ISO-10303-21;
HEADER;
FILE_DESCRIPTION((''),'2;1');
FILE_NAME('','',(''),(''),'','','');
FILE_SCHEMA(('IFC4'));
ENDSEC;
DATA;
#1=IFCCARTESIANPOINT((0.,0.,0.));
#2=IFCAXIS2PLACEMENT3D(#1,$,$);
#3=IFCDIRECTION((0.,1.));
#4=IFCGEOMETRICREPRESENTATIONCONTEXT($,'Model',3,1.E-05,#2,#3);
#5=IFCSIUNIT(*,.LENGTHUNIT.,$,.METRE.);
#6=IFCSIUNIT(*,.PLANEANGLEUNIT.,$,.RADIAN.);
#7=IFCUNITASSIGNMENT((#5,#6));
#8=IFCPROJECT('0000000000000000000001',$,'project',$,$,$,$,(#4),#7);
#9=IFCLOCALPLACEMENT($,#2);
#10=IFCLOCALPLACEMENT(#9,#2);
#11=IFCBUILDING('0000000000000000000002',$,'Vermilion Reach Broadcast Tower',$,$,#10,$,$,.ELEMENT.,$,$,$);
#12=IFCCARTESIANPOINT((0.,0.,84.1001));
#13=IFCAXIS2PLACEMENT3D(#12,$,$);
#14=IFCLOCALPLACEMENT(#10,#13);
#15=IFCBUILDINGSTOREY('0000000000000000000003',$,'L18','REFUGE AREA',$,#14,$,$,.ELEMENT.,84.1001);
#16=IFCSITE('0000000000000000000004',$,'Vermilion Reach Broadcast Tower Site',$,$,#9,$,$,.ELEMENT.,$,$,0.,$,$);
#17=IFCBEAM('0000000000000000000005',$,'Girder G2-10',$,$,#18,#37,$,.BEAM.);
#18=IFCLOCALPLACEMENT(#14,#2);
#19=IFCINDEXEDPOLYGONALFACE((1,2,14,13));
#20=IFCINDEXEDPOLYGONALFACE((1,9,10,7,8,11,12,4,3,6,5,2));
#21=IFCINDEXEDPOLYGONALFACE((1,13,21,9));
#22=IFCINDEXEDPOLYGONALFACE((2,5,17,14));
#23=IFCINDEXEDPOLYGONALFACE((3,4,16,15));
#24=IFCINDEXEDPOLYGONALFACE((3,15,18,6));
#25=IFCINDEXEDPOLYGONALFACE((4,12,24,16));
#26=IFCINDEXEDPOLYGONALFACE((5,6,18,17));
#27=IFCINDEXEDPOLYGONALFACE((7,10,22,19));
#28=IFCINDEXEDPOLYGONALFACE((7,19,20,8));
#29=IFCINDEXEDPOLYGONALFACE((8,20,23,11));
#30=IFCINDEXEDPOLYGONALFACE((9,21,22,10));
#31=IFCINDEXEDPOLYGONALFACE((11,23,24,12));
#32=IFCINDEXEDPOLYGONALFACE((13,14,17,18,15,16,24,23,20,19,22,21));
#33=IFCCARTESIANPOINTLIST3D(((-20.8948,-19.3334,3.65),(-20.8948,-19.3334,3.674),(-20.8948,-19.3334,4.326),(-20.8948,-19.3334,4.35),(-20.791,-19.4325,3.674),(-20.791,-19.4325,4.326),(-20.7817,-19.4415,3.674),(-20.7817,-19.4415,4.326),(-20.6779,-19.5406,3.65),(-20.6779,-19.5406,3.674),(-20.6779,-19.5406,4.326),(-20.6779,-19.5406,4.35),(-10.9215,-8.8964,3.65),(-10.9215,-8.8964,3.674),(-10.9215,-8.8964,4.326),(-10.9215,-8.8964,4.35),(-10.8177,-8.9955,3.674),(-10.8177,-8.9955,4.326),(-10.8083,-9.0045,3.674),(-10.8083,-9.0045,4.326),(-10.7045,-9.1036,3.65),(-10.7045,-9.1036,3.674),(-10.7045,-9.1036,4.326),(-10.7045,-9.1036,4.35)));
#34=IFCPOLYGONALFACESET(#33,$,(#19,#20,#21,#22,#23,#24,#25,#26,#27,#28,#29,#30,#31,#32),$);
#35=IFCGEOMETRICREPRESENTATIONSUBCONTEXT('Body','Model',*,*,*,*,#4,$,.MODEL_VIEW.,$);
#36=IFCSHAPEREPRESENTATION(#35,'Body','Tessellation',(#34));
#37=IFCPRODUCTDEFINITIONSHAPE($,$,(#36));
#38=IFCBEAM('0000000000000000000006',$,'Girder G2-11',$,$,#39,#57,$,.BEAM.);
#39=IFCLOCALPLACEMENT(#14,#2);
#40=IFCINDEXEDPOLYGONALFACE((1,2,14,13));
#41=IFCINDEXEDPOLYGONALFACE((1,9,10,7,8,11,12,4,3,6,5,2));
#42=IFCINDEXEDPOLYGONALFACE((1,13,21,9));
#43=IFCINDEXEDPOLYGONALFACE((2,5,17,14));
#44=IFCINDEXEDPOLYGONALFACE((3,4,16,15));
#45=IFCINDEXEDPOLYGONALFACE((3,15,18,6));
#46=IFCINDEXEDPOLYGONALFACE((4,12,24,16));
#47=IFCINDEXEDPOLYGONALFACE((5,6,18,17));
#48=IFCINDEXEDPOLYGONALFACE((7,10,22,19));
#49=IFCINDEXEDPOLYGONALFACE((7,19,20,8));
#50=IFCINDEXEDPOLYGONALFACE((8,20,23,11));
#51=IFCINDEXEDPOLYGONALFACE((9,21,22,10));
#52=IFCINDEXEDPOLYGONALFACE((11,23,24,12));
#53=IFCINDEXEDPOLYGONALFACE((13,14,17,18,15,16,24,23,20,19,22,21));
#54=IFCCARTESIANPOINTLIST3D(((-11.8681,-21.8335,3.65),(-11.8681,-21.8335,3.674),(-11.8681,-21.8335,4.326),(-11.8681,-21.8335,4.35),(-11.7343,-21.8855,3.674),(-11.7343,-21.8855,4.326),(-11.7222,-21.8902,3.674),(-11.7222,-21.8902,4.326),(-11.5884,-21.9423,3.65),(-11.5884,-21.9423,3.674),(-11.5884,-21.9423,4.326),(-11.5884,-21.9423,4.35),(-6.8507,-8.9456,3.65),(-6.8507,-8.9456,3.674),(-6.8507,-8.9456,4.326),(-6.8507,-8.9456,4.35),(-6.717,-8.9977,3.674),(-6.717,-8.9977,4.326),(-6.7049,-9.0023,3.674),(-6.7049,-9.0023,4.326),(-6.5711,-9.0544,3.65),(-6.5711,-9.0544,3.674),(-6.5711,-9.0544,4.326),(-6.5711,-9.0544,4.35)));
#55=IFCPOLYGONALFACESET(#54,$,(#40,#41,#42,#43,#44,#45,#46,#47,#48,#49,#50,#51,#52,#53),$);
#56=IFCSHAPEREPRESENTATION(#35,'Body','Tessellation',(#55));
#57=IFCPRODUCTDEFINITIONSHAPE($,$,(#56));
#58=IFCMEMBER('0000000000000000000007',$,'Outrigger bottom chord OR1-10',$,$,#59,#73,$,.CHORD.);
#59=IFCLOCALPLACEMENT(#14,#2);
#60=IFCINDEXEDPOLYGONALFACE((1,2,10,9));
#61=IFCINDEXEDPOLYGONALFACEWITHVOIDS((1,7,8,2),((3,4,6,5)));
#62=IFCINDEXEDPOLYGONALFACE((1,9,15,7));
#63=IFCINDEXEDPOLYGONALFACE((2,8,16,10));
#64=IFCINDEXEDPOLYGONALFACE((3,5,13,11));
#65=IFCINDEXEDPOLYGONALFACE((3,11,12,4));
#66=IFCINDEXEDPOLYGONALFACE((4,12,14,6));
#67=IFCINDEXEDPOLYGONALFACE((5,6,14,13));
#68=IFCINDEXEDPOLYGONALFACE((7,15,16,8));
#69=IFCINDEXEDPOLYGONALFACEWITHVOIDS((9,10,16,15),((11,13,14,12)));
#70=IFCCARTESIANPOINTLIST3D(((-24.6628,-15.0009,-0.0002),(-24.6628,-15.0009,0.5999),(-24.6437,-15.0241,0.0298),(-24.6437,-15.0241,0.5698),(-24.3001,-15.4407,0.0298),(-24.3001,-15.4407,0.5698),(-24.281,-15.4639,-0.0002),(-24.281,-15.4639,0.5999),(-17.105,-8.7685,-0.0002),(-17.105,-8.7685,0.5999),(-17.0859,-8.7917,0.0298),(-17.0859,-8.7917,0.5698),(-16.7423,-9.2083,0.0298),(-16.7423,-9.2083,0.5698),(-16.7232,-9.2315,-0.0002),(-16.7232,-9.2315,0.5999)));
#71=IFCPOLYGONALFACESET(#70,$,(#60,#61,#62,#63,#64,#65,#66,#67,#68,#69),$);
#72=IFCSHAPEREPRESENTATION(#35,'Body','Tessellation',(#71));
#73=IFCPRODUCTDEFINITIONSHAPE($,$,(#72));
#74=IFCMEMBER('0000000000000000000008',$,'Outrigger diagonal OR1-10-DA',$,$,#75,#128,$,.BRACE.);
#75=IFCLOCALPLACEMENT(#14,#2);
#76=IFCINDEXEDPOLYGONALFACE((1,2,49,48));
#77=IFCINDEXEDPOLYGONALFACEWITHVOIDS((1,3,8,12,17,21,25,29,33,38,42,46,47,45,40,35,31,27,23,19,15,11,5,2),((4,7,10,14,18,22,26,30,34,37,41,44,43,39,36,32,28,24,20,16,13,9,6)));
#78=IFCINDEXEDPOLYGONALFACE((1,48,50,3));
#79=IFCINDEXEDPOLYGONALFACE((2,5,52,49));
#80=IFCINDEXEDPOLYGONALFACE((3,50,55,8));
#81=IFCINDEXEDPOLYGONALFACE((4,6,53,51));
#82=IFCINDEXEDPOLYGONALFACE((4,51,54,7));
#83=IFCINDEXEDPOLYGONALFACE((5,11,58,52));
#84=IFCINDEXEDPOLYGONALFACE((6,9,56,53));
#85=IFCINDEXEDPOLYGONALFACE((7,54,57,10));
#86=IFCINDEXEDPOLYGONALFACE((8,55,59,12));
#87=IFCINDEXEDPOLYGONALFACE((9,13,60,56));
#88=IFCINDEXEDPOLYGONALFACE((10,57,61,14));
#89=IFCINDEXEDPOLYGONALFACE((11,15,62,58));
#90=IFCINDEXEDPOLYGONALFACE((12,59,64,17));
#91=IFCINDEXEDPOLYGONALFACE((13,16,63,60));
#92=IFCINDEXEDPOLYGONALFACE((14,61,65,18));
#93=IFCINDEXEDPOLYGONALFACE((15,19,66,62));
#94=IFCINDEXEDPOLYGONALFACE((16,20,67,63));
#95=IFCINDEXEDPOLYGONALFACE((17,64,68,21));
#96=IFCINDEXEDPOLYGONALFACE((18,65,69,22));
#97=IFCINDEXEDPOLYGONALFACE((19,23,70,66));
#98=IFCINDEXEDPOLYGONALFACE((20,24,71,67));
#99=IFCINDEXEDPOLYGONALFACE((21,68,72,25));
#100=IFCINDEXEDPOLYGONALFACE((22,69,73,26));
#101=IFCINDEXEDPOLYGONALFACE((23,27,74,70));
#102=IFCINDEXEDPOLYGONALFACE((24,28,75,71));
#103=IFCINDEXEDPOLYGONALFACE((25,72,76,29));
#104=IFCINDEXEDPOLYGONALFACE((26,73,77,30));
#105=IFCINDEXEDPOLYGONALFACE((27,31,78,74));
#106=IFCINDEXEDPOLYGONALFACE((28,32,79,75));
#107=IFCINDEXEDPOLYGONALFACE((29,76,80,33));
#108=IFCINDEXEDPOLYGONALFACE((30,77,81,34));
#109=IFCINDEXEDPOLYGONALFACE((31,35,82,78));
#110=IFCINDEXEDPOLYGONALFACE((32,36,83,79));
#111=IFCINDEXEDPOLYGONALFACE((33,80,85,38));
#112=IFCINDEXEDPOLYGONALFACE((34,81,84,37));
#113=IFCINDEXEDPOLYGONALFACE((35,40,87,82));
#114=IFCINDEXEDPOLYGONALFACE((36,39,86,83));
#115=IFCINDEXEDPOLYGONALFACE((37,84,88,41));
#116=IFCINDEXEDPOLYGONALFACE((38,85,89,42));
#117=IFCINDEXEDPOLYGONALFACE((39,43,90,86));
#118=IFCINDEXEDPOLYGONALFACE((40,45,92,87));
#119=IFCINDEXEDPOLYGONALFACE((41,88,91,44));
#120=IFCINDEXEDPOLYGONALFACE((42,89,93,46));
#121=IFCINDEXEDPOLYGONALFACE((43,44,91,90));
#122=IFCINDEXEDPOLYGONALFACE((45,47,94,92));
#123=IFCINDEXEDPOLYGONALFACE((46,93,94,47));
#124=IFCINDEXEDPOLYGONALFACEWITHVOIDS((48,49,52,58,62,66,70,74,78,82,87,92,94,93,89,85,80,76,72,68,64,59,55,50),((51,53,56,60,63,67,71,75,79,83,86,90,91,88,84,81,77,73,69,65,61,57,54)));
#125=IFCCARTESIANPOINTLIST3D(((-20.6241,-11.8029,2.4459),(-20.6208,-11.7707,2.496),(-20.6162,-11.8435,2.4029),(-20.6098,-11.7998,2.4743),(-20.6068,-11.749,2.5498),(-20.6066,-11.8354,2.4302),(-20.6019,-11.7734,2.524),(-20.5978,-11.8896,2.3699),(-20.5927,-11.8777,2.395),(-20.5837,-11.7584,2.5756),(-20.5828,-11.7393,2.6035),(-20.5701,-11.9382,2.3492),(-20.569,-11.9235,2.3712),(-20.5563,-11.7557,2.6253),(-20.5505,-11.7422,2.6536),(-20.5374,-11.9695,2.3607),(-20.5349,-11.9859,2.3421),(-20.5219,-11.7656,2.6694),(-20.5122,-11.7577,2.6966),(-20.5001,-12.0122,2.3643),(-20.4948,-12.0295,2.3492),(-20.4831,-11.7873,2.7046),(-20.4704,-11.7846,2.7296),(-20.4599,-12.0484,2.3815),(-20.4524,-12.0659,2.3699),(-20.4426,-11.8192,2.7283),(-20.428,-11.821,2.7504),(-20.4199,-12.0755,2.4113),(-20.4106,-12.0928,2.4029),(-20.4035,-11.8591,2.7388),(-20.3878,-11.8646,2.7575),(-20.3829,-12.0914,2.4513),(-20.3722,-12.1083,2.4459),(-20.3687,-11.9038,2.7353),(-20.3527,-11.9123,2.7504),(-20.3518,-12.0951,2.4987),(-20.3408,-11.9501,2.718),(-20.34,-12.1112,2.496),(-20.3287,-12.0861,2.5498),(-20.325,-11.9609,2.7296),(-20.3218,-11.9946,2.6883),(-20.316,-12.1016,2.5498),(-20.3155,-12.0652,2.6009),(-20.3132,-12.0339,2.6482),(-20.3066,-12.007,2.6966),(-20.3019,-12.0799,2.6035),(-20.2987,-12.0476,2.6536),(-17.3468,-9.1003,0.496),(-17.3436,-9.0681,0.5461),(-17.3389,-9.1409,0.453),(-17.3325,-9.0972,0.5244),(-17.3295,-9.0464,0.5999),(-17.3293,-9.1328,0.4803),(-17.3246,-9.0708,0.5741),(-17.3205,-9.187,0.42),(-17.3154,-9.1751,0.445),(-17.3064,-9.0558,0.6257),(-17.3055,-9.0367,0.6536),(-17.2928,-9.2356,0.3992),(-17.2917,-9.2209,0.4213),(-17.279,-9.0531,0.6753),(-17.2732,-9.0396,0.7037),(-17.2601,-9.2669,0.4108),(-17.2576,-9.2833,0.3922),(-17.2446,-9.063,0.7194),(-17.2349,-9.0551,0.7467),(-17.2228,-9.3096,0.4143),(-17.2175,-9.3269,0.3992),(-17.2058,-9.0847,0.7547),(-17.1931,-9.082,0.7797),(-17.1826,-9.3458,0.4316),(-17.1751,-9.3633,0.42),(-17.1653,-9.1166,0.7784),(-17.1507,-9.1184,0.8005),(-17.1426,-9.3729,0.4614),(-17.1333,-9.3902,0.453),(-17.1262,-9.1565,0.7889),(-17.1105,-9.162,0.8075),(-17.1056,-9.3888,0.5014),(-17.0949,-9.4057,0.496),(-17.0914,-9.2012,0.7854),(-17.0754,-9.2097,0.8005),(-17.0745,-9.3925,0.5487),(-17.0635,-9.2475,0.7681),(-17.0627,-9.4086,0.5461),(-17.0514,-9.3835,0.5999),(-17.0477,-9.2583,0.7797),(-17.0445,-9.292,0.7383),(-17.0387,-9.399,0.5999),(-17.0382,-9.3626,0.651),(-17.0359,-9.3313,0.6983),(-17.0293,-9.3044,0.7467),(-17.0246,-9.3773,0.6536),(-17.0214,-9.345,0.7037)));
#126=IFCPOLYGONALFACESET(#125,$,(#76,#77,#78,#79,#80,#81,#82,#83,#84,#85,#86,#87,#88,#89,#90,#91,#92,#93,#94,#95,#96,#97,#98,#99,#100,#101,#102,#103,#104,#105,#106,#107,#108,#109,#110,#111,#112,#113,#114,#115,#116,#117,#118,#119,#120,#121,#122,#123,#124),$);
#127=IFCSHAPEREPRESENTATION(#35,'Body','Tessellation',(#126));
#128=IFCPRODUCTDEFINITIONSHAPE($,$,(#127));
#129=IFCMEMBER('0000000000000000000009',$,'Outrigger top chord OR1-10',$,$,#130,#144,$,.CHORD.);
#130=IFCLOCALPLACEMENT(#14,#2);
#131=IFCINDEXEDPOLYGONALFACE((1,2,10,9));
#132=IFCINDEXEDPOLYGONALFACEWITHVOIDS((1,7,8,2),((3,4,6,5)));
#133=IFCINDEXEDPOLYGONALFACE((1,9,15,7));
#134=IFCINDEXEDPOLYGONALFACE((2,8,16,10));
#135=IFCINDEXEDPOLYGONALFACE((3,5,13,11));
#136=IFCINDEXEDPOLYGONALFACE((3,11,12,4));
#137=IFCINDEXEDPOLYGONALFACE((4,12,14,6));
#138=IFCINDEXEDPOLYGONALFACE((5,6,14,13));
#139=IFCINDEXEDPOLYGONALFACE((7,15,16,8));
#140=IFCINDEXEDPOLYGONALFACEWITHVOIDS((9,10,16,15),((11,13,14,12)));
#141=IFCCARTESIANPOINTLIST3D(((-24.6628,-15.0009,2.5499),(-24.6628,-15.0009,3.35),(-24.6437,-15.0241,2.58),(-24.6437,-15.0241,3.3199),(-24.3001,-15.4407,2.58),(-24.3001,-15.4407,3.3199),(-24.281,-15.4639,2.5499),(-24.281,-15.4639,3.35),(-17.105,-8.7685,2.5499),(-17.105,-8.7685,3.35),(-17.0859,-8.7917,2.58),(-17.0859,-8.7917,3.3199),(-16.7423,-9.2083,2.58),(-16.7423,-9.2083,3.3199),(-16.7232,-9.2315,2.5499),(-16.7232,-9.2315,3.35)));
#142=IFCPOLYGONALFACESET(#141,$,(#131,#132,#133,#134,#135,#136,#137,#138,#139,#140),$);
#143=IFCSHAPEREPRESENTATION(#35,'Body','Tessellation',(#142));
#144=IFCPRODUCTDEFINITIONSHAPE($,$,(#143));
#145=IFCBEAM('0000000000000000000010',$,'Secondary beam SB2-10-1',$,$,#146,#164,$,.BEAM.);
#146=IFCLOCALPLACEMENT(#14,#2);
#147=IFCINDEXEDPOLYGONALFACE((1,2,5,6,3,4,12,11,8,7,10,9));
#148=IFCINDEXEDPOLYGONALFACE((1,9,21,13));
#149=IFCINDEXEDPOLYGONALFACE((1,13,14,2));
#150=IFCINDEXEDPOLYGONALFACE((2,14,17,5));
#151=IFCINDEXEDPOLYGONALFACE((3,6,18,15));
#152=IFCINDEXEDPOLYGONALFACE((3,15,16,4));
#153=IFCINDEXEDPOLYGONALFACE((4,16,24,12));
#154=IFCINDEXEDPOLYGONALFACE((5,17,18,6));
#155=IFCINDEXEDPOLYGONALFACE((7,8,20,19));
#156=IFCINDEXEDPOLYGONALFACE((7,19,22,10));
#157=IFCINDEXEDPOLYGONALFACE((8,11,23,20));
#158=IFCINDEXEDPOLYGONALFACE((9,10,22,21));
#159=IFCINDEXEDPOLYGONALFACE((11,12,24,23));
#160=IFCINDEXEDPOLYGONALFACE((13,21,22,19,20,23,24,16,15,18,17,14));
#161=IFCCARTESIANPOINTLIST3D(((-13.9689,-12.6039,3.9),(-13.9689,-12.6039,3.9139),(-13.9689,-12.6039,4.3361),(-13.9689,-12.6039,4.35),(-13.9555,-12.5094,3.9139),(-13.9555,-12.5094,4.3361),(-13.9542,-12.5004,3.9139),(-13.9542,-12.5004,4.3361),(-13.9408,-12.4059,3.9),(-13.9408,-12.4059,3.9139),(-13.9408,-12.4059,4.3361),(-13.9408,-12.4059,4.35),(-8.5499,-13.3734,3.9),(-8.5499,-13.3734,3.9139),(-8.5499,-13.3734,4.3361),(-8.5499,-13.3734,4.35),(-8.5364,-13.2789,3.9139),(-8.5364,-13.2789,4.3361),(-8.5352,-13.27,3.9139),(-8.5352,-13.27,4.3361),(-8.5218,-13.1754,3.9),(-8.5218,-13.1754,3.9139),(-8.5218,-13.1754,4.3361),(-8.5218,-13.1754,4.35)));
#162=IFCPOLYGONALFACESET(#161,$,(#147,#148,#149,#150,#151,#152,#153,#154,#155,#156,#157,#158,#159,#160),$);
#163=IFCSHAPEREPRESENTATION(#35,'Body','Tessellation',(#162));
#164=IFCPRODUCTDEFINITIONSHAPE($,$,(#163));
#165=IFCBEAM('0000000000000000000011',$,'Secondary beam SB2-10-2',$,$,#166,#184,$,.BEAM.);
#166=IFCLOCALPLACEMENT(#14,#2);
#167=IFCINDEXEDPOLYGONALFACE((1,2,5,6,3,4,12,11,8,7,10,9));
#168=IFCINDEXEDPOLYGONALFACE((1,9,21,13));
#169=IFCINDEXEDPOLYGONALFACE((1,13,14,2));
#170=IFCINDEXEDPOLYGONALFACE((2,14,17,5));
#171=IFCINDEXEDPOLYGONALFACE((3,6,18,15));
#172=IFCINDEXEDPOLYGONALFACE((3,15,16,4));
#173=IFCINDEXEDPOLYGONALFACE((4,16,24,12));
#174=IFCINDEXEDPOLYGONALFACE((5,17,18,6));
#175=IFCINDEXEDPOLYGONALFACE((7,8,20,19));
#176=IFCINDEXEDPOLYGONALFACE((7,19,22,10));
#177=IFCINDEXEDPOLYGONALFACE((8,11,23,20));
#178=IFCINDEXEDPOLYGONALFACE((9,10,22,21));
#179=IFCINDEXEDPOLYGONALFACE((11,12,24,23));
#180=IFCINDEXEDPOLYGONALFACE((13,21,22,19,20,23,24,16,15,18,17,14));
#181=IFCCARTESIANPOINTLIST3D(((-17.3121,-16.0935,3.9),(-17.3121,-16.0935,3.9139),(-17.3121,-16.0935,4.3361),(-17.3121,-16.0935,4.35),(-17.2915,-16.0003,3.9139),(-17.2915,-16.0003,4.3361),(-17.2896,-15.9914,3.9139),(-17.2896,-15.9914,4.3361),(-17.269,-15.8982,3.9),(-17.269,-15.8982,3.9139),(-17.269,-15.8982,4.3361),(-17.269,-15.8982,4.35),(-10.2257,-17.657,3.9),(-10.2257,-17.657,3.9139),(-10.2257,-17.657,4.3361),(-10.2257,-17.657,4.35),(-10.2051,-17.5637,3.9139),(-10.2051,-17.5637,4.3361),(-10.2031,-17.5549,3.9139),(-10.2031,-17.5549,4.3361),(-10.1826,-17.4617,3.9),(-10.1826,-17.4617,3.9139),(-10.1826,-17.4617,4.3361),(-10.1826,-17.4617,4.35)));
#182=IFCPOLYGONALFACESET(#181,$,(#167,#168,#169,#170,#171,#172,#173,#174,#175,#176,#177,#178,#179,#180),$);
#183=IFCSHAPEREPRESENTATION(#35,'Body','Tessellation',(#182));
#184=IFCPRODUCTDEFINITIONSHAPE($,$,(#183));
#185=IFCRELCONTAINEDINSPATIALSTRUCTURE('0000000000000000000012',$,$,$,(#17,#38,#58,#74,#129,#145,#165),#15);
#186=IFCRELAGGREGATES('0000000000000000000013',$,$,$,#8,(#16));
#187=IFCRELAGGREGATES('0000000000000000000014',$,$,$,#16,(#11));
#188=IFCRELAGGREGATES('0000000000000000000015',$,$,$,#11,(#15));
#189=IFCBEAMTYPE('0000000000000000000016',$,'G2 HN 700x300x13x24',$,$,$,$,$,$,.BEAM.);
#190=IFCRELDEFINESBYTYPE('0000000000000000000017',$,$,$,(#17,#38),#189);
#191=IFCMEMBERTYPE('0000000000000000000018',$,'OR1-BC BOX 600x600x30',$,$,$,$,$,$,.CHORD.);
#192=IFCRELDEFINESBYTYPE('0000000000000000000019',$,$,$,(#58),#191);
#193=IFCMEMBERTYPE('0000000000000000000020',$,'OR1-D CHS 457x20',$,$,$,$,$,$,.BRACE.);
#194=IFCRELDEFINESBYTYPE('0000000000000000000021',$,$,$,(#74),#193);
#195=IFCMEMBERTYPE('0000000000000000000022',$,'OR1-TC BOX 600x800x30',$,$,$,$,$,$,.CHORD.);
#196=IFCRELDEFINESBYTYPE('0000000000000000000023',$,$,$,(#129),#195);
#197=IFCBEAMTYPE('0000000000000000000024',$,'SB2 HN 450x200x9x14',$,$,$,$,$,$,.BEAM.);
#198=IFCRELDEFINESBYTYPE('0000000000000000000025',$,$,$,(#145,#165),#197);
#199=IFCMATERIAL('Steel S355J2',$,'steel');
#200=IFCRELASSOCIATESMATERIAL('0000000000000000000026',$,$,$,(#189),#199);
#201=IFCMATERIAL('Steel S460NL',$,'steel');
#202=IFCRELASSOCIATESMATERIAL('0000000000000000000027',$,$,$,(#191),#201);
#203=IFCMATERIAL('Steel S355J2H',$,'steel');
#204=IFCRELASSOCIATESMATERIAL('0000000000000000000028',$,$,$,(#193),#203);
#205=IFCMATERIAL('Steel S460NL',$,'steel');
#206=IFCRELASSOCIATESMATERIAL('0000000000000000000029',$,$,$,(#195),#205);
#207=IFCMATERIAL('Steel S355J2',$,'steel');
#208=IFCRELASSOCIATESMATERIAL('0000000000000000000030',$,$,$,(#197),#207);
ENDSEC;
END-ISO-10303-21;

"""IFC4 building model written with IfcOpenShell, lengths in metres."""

from ifc_helpers import new_model, si_unit, direction, frame, origin, origin_2d, place, context, subcontext, project, spatial, hollow_rectangle, hollow_circle, i_section, extrude, material, material_profile, profile_set, type_object, element, save


model = new_model("IFC4")

# Units and contexts
model_context = context("Model", 3, precision=1e-05, world=origin(), true_north=direction((0.0, 1.0)))
body_context = subcontext(model_context, "Body", "Model", "MODEL_VIEW")
ifc_project = project(units=[si_unit("LENGTHUNIT", "METRE"), si_unit("PLANEANGLEUNIT", "RADIAN")], contexts=[model_context])

# Site, building, storey
site_placement = place(None, origin())
site = spatial("IfcSite", under=ifc_project, at=site_placement, Name="Vermilion Reach Broadcast Tower Site", CompositionType="ELEMENT", RefElevation=0.0)
building_placement = place(site_placement, origin())
building = spatial("IfcBuilding", under=site, at=building_placement, Name="Vermilion Reach Broadcast Tower", CompositionType="ELEMENT")
storey_placement = place(building_placement, frame((0.0, 0.0, 84.1001)))
storey = spatial("IfcBuildingStorey", under=building, at=storey_placement, Name="L18", Description="REFUGE AREA", CompositionType="ELEMENT", Elevation=84.1001)

# Beams
ifc_material_1 = material(Name="Steel S355J2", Category="steel")
ifc_material_profile_1 = material_profile(ifc_material_1, i_section(OverallWidth=0.3, OverallDepth=0.7, WebThickness=0.0129, FlangeThickness=0.0239, at=origin_2d()), Name="S355J2 HN 700x300x13x24")
ifc_profile_set_1 = profile_set([ifc_material_profile_1], Name="Steel S355J2")
beam_type_1 = type_object("IfcBeamType", Name="G2 HN 700x300x13x24", PredefinedType="BEAM", material=ifc_profile_set_1)
beam_1_placement = place(storey_placement, frame((-10.813, -9.0, 4.0), z_axis=(-0.690867, -0.722982, 0.0), x_axis=(0.722982, -0.690867, 0.0)))
element("IfcBeam", 1, at=beam_1_placement, inside=storey, type_object=beam_type_1, Name="Girder G2-10", PredefinedType="BEAM", context=body_context, shape_type="SweptSolid", body=[
    extrude(i_section(OverallWidth=0.3, OverallDepth=0.7, WebThickness=0.0129, FlangeThickness=0.0239, at=origin_2d()), origin(), (0.0, 0.0, 1.0), 14.436),
])
beam_2_placement = place(storey_placement, frame((-6.7109, -9.0, 4.0), z_axis=(-0.362783, -0.931874, 0.0), x_axis=(0.931874, -0.362783, 0.0)))
element("IfcBeam", 2, at=beam_2_placement, inside=storey, type_object=beam_type_1, Name="Girder G2-11", PredefinedType="BEAM", context=body_context, shape_type="SweptSolid", body=[
    extrude(i_section(OverallWidth=0.3, OverallDepth=0.7, WebThickness=0.0129, FlangeThickness=0.0239, at=origin_2d()), origin(), (0.0, 0.0, 1.0), 13.8301),
])

# Members
ifc_material_2 = material(Name="Steel S460NL", Category="steel")
ifc_material_profile_2 = material_profile(ifc_material_2, hollow_rectangle(XDim=0.6001, YDim=0.6001, WallThickness=0.03, at=origin_2d()), Name="S460NL BOX 600x600x30")
ifc_profile_set_2 = profile_set([ifc_material_profile_2], Name="Steel S460NL")
member_type_1 = type_object("IfcMemberType", Name="OR1-BC BOX 600x600x30", PredefinedType="CHORD", material=ifc_profile_set_2)
member_1_placement = place(storey_placement, frame((-16.9141, -9.0, 0.2998), z_axis=(-0.771514, -0.636212, 0.0), x_axis=(0.636212, -0.771514, 0.0)))
element("IfcMember", 3, at=member_1_placement, inside=storey, type_object=member_type_1, Name="Outrigger bottom chord OR1-10", PredefinedType="CHORD", context=body_context, shape_type="SweptSolid", body=[
    extrude(hollow_rectangle(XDim=0.6001, YDim=0.6001, WallThickness=0.03, at=origin_2d()), origin(), (0.0, 0.0, 1.0), 9.7961),
])
ifc_material_3 = material(Name="Steel S355J2H", Category="steel")
ifc_material_profile_3 = material_profile(ifc_material_3, hollow_circle(Radius=0.2285, WallThickness=0.02, at=origin_2d()), Name="S355J2H CHS 457x20")
ifc_profile_set_3 = profile_set([ifc_material_profile_3], Name="Steel S355J2H")
member_type_2 = type_object("IfcMemberType", Name="OR1-D CHS 457x20", PredefinedType="BRACE", material=ifc_profile_set_3)
member_2_placement = place(storey_placement, frame((-17.1841, -9.2227, 0.5999), z_axis=(-0.701166, -0.578211, 0.417179), x_axis=(0.636219, -0.771509, 0.0)))
element("IfcMember", 4, at=member_2_placement, inside=storey, type_object=member_type_2, Name="Outrigger diagonal OR1-10-DA", PredefinedType="BRACE", context=body_context, shape_type="SweptSolid", body=[
    extrude(hollow_circle(Radius=0.2285, WallThickness=0.02, at=origin_2d()), origin(), (0.0, 0.0, 1.0), 4.6741),
])
ifc_material_4 = material(Name="Steel S460NL", Category="steel")
ifc_material_profile_4 = material_profile(ifc_material_4, hollow_rectangle(XDim=0.6001, YDim=0.8, WallThickness=0.03, at=origin_2d()), Name="S460NL BOX 600x800x30")
ifc_profile_set_4 = profile_set([ifc_material_profile_4], Name="Steel S460NL")
member_type_3 = type_object("IfcMemberType", Name="OR1-TC BOX 600x800x30", PredefinedType="CHORD", material=ifc_profile_set_4)
member_3_placement = place(storey_placement, frame((-16.9141, -9.0, 2.95), z_axis=(-0.771514, -0.636212, 0.0), x_axis=(0.636212, -0.771514, 0.0)))
element("IfcMember", 5, at=member_3_placement, inside=storey, type_object=member_type_3, Name="Outrigger top chord OR1-10", PredefinedType="CHORD", context=body_context, shape_type="SweptSolid", body=[
    extrude(hollow_rectangle(XDim=0.6001, YDim=0.8, WallThickness=0.03, at=origin_2d()), origin(), (0.0, 0.0, 1.0), 9.7961),
])

# Beams
ifc_material_5 = material(Name="Steel S355J2", Category="steel")
ifc_material_profile_5 = material_profile(ifc_material_5, i_section(OverallWidth=0.2, OverallDepth=0.45, WebThickness=0.009, FlangeThickness=0.0139, at=origin_2d()), Name="S355J2 HN 450x200x9x14")
ifc_profile_set_5 = profile_set([ifc_material_profile_5], Name="Steel S355J2")
beam_type_2 = type_object("IfcBeamType", Name="SB2 HN 450x200x9x14", PredefinedType="BEAM", material=ifc_profile_set_5)
beam_3_placement = place(storey_placement, frame((-13.9548, -12.5049, 4.125), z_axis=(0.990067, -0.140597, 0.0), x_axis=(0.140597, 0.990067, 0.0)))
element("IfcBeam", 6, at=beam_3_placement, inside=storey, type_object=beam_type_2, Name="Secondary beam SB2-10-1", PredefinedType="BEAM", context=body_context, shape_type="SweptSolid", body=[
    extrude(i_section(OverallWidth=0.2, OverallDepth=0.45, WebThickness=0.009, FlangeThickness=0.0139, at=origin_2d()), origin(), (0.0, 0.0, 1.0), 5.4734),
])
beam_4_placement = place(storey_placement, frame((-17.2905, -15.9958, 4.125), z_axis=(0.976515, -0.215448, 0.0), x_axis=(0.215448, 0.976515, 0.0)))
element("IfcBeam", 7, at=beam_4_placement, inside=storey, type_object=beam_type_2, Name="Secondary beam SB2-10-2", PredefinedType="BEAM", context=body_context, shape_type="SweptSolid", body=[
    extrude(i_section(OverallWidth=0.2, OverallDepth=0.45, WebThickness=0.009, FlangeThickness=0.0139, at=origin_2d()), origin(), (0.0, 0.0, 1.0), 7.2568),
])

save(model, "model.ifc")
